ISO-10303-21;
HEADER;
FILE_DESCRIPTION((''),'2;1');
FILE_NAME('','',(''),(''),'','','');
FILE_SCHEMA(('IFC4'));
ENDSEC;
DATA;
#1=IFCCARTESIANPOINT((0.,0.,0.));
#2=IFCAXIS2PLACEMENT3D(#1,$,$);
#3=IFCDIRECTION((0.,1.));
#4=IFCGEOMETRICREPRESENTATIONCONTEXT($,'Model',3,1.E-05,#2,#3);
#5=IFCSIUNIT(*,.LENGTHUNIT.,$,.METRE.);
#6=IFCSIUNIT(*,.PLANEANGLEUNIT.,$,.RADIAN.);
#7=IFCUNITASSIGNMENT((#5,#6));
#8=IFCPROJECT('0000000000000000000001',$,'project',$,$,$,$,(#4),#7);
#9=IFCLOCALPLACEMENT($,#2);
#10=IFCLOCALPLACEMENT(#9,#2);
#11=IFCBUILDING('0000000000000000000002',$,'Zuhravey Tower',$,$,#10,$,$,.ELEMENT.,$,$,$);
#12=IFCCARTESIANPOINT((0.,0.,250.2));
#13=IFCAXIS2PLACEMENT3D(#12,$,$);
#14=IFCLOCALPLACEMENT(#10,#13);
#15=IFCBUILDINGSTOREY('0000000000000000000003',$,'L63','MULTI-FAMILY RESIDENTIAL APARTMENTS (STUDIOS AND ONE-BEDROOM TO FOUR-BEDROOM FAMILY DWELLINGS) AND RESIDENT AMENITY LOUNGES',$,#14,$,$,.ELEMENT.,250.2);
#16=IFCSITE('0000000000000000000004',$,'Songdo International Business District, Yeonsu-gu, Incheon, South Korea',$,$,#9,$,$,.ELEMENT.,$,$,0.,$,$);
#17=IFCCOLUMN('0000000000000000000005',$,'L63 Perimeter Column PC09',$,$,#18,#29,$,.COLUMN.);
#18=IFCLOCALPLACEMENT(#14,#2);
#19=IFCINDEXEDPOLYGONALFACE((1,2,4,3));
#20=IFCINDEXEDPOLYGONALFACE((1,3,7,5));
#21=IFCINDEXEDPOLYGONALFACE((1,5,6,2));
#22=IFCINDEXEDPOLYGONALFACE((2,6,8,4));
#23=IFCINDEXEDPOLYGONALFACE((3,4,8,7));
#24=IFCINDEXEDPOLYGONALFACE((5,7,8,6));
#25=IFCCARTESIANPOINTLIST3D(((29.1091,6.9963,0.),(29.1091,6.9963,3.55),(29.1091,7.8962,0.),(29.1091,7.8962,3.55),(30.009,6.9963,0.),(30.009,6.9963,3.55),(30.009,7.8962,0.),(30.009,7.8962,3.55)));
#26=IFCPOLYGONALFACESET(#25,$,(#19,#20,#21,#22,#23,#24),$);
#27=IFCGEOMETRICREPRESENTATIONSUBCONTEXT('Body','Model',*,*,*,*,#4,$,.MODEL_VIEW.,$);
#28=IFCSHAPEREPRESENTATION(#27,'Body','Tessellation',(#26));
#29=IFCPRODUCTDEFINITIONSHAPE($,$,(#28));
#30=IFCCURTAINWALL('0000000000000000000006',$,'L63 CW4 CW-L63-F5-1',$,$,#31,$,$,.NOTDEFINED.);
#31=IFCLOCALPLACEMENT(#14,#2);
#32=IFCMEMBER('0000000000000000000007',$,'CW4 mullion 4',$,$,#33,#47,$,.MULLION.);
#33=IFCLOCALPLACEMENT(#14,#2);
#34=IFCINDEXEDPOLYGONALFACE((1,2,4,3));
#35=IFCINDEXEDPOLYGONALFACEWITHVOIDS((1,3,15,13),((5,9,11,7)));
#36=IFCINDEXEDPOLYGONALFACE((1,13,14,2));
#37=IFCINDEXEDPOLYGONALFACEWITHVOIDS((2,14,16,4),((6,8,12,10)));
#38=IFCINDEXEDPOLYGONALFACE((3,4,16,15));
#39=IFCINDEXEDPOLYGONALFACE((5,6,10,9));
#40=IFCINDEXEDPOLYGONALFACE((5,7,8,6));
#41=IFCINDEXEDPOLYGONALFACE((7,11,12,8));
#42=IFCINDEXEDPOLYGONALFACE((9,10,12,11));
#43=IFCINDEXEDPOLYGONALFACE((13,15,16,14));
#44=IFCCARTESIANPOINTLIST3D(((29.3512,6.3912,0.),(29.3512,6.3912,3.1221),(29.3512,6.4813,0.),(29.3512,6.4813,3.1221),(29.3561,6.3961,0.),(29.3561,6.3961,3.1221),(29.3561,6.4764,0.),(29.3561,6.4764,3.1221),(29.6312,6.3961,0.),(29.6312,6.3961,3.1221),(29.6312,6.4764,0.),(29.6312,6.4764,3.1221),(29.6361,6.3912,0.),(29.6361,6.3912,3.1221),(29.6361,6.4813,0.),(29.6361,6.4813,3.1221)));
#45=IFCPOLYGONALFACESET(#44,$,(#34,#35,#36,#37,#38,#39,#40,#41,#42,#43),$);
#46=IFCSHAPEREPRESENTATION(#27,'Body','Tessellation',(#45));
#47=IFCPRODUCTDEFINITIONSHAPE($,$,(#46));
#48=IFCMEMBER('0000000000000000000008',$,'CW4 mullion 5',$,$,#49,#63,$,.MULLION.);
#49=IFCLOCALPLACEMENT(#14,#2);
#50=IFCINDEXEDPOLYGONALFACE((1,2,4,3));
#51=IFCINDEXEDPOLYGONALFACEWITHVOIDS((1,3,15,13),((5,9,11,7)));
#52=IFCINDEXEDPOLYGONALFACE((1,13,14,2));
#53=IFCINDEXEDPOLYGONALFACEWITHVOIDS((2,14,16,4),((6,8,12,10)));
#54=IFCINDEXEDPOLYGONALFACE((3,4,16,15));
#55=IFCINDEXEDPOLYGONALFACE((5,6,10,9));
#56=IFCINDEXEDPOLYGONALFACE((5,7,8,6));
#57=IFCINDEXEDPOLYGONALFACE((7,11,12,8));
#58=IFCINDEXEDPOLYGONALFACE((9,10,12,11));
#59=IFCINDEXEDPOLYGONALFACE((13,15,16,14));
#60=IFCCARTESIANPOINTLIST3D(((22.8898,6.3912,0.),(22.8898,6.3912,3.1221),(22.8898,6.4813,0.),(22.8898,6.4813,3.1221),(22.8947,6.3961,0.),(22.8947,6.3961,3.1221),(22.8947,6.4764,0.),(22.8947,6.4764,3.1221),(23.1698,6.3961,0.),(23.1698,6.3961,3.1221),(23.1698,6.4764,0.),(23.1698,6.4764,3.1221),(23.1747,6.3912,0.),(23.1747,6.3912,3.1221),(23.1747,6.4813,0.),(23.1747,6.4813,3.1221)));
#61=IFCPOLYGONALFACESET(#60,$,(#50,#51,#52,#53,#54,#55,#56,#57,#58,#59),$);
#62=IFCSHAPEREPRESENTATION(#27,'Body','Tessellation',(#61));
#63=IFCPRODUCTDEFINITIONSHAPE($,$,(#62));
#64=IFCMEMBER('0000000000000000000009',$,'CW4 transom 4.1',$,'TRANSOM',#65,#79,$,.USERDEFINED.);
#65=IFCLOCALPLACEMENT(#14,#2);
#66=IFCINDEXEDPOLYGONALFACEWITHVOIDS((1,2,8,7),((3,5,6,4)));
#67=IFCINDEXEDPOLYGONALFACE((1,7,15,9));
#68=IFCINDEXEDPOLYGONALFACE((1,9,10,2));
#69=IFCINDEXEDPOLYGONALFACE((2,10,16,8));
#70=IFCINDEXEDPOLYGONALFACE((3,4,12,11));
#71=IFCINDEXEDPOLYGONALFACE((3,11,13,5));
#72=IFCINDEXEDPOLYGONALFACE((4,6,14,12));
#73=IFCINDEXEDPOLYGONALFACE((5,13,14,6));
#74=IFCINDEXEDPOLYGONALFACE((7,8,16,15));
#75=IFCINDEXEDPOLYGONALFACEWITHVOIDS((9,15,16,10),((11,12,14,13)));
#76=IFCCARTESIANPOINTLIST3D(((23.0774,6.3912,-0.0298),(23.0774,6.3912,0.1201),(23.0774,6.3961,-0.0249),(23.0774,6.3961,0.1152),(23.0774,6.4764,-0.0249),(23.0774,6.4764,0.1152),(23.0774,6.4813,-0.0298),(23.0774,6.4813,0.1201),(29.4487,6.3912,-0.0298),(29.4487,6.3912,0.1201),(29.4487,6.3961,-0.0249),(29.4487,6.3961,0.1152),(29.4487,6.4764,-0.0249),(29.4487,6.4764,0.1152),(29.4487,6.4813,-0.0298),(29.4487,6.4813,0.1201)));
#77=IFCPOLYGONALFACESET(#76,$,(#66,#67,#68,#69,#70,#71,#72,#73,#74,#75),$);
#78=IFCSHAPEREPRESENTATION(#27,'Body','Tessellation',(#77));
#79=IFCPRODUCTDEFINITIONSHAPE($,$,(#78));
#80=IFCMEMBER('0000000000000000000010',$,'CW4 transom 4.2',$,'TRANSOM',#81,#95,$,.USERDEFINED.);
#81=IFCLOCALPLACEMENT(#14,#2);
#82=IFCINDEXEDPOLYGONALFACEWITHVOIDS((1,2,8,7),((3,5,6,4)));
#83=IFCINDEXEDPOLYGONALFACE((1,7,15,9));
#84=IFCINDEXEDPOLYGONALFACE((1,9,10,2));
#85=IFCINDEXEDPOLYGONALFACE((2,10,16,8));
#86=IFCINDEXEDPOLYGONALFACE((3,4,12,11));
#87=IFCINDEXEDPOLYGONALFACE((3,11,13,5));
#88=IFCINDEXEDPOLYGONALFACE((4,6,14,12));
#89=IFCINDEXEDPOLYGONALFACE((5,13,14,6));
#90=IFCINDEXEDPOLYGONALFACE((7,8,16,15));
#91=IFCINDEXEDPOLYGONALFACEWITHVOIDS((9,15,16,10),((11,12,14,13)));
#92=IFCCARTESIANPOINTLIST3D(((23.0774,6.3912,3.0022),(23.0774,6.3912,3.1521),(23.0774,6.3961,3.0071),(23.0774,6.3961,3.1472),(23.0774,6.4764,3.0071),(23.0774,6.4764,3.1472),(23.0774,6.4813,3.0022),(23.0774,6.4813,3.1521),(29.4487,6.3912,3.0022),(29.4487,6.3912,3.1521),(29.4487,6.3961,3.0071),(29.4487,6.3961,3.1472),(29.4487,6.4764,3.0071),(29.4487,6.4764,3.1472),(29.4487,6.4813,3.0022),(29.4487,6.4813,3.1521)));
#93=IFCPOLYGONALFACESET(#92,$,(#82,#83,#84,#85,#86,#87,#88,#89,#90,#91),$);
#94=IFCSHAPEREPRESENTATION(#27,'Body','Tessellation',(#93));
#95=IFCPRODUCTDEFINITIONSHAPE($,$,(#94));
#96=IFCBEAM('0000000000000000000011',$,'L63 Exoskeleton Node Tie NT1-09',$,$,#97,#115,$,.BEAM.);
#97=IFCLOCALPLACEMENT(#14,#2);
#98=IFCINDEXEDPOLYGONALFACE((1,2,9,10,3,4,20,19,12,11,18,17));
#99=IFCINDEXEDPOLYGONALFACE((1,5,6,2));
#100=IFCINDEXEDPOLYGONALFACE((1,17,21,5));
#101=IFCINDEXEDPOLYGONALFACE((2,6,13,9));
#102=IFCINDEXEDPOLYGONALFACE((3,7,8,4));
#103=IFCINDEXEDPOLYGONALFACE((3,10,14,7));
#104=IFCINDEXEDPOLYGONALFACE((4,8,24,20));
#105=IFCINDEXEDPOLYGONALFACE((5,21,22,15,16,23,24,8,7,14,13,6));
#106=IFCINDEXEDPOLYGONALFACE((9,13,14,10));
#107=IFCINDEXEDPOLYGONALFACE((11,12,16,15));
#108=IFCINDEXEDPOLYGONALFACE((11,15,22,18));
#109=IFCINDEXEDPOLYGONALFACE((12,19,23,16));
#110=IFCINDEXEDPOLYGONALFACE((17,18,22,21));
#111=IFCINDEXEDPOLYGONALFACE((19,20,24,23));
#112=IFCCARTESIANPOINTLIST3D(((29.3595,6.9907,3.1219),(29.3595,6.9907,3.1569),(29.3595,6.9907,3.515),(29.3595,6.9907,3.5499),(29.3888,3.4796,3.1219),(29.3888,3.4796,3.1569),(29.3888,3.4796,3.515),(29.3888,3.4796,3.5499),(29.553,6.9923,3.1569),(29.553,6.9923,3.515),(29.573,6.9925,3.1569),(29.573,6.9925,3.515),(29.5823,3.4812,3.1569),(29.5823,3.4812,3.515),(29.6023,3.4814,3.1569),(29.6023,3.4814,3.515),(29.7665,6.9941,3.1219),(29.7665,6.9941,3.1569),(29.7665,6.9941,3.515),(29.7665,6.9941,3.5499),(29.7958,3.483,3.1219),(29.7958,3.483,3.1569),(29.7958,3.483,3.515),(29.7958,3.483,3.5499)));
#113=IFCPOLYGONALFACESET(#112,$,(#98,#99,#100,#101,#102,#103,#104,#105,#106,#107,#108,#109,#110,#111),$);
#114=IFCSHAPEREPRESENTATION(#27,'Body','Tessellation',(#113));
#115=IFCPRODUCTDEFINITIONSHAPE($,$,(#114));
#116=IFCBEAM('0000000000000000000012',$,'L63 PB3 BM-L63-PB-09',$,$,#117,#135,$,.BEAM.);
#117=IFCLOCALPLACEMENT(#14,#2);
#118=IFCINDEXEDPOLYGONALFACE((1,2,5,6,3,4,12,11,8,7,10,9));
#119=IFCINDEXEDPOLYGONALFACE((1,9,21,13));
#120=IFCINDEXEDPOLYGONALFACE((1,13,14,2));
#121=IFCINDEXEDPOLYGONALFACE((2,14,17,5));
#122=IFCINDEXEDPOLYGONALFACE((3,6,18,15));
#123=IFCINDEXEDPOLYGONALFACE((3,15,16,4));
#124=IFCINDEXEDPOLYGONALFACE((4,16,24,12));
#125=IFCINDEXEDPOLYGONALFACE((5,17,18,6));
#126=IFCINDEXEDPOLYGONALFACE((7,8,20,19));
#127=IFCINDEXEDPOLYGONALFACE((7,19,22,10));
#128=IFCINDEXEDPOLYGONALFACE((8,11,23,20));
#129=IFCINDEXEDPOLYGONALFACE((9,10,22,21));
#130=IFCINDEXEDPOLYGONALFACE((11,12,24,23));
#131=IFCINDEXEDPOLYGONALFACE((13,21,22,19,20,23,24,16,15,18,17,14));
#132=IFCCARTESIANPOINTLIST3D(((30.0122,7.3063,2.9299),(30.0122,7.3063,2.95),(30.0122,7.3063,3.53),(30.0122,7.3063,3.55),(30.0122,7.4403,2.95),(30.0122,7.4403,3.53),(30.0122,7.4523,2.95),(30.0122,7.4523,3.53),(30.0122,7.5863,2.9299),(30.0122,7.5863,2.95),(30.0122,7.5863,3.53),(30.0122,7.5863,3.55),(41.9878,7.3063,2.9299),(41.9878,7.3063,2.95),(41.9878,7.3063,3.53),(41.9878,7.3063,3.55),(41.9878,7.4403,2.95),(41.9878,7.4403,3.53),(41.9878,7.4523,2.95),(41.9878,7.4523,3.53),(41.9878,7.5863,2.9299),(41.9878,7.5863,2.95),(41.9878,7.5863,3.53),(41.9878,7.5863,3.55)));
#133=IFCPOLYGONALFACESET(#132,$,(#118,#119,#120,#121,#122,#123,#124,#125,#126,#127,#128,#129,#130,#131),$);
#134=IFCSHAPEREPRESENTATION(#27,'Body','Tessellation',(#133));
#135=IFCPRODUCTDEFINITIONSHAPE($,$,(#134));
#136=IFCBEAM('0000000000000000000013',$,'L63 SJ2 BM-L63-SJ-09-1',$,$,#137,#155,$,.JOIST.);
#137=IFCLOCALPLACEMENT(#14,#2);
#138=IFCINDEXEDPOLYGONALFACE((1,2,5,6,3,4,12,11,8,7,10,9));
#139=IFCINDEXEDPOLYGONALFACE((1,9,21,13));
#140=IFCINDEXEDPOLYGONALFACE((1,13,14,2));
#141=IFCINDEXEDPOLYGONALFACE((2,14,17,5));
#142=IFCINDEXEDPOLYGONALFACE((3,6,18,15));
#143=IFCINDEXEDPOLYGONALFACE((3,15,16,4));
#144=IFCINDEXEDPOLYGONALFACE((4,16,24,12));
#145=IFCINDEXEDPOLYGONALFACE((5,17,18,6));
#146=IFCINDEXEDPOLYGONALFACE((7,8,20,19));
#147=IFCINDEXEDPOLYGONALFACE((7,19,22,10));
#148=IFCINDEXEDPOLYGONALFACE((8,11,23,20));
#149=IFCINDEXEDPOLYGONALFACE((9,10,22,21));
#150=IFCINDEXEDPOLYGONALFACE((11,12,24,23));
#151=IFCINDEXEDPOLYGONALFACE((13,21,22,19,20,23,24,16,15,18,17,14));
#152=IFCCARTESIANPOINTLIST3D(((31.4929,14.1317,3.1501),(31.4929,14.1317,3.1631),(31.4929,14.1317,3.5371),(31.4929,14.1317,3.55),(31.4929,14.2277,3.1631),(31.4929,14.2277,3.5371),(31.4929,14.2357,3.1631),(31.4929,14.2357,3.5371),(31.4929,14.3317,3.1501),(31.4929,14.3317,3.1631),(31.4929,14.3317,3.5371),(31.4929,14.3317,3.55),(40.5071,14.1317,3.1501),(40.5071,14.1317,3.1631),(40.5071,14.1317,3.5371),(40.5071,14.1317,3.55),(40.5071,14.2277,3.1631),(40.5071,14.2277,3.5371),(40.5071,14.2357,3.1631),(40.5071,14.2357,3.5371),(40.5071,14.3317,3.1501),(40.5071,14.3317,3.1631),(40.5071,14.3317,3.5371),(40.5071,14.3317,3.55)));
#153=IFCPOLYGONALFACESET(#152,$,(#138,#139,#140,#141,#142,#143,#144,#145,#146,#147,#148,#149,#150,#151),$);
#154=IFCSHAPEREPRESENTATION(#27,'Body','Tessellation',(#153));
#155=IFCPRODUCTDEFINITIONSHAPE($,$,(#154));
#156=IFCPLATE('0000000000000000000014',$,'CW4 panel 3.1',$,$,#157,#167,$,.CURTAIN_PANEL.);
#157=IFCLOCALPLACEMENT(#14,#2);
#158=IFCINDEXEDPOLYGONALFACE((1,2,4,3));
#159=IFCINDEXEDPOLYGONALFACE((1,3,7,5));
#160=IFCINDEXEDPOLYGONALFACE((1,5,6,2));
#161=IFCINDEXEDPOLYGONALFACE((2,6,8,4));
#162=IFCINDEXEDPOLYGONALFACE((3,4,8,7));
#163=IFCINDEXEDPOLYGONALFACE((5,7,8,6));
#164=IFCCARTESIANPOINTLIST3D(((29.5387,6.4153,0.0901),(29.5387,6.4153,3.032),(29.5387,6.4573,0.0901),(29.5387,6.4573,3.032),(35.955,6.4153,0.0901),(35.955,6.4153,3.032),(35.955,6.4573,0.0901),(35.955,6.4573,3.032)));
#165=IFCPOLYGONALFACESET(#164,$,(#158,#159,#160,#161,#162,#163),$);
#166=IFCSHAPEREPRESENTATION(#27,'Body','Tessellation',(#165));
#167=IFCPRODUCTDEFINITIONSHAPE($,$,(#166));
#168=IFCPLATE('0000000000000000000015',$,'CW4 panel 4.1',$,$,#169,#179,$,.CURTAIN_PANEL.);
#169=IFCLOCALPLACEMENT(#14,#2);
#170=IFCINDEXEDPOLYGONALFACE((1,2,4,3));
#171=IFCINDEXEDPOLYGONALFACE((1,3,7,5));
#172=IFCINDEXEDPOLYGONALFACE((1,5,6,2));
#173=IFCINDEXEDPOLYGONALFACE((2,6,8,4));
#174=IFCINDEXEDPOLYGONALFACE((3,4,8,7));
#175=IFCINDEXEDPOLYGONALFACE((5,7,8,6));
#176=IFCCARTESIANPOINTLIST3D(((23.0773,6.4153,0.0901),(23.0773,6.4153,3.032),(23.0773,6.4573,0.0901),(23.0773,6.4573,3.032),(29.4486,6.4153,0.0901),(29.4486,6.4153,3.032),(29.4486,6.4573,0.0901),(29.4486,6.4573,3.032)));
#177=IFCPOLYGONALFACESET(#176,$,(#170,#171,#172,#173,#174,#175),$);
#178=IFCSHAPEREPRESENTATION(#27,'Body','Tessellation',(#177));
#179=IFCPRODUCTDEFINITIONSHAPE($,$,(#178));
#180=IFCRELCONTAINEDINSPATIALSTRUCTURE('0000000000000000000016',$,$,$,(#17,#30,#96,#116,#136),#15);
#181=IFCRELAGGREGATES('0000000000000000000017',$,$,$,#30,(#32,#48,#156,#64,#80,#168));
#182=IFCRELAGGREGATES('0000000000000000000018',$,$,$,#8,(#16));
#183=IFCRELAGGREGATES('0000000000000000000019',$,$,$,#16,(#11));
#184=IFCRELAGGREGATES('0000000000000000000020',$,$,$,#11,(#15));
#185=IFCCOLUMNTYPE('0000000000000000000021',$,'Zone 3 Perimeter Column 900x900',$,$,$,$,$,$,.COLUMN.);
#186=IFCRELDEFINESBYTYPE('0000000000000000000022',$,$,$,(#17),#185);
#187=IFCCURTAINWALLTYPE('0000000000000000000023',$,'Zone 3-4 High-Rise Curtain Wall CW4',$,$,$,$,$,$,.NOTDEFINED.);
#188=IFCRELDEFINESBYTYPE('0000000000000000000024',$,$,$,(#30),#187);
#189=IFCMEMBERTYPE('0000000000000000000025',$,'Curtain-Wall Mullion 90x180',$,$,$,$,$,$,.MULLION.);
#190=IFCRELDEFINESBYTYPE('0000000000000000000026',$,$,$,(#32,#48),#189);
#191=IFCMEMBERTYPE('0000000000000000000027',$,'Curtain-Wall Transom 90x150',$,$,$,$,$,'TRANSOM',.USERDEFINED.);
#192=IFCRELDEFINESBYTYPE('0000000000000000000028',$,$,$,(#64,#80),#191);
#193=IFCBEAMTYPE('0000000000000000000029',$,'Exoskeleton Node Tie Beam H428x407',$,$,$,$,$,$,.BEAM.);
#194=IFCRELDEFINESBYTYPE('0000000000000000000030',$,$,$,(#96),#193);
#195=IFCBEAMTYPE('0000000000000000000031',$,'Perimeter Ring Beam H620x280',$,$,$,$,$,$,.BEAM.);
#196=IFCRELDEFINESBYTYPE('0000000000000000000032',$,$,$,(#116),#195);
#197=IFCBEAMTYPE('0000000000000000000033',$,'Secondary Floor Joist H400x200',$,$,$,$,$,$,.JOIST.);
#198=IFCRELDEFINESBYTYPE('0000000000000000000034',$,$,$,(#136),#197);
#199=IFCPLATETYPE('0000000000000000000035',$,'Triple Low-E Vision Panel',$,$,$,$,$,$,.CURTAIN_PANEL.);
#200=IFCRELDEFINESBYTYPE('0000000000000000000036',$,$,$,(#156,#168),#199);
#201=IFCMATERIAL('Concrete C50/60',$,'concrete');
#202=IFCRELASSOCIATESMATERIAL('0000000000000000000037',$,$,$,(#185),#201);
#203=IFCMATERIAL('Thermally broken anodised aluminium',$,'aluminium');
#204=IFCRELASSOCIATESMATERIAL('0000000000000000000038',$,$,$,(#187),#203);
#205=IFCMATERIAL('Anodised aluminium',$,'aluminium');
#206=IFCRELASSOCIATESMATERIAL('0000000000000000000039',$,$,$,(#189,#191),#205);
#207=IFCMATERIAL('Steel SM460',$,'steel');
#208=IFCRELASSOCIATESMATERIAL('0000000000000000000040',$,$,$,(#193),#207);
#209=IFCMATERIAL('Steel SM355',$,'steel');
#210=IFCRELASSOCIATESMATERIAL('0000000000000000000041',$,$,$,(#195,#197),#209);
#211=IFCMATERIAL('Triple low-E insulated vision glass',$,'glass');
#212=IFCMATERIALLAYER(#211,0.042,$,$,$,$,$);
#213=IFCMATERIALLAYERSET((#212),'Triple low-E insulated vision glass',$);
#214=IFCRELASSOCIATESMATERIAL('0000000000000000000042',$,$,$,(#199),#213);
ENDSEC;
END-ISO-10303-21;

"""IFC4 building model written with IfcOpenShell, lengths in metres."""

from ifc_helpers import new_model, si_unit, direction, frame, origin, origin_2d, place, context, subcontext, project, spatial, rectangle, hollow_rectangle, i_section, extrude, material, layer, layer_set, material_profile, profile_set, type_object, element, aggregate, save


model = new_model("IFC4")

# Units and contexts
model_context = context("Model", 3, precision=1e-05, world=origin(), true_north=direction((0.0, 1.0)))
body_context = subcontext(model_context, "Body", "Model", "MODEL_VIEW")
ifc_project = project(units=[si_unit("LENGTHUNIT", "METRE"), si_unit("PLANEANGLEUNIT", "RADIAN")], contexts=[model_context])

# Site, building, storey
site_placement = place(None, origin())
site = spatial("IfcSite", under=ifc_project, at=site_placement, Name="Songdo International Business District, Yeonsu-gu, Incheon, South Korea", CompositionType="ELEMENT", RefElevation=0.0)
building_placement = place(site_placement, origin())
building = spatial("IfcBuilding", under=site, at=building_placement, Name="Zuhravey Tower", CompositionType="ELEMENT")
storey_placement = place(building_placement, frame((0.0, 0.0, 250.2)))
storey = spatial("IfcBuildingStorey", under=building, at=storey_placement, Name="L63", Description="MULTI-FAMILY RESIDENTIAL APARTMENTS (STUDIOS AND ONE-BEDROOM TO FOUR-BEDROOM FAMILY DWELLINGS) AND RESIDENT AMENITY LOUNGES", CompositionType="ELEMENT", Elevation=250.2)

# Column
ifc_material_1 = material(Name="Concrete C50/60", Category="concrete")
ifc_material_profile_1 = material_profile(ifc_material_1, rectangle(XDim=0.8999, YDim=0.8999, at=origin_2d()), Name="RC-900x900")
ifc_profile_set_1 = profile_set([ifc_material_profile_1], Name="Concrete C50/60")
column_type = type_object("IfcColumnType", Name="Zone 3 Perimeter Column 900x900", PredefinedType="COLUMN", material=ifc_profile_set_1)
column_placement = place(storey_placement, frame((29.5591, 7.4463, 0.0), z_axis=(0.0, 0.0, 1.0), x_axis=(1.0, 0.0, 0.0)))
element("IfcColumn", 1, at=column_placement, inside=storey, type_object=column_type, Name="L63 Perimeter Column PC09", PredefinedType="COLUMN", context=body_context, shape_type="SweptSolid", body=[
    extrude(rectangle(XDim=0.8999, YDim=0.8999, at=origin_2d()), origin(), (0.0, 0.0, 1.0), 3.55),
])

# Curtain wall, members
ifc_material_2 = material(Name="Thermally broken anodised aluminium", Category="aluminium")
curtain_wall_type = type_object("IfcCurtainWallType", Name="Zone 3-4 High-Rise Curtain Wall CW4", PredefinedType="NOTDEFINED", material=ifc_material_2)
curtain_wall_placement = place(storey_placement, origin())
curtain_wall = element("IfcCurtainWall", 2, at=curtain_wall_placement, inside=storey, type_object=curtain_wall_type, Name="L63 CW4 CW-L63-F5-1", PredefinedType="NOTDEFINED")
ifc_material_3 = material(Name="Anodised aluminium", Category="aluminium")
ifc_material_profile_2 = material_profile(ifc_material_3, hollow_rectangle(XDim=0.0901, YDim=0.2849, WallThickness=0.0049, at=origin_2d()), Name="ALU-RHS-90x285x5")
ifc_profile_set_2 = profile_set([ifc_material_profile_2], Name="Anodised aluminium")
member_type_1 = type_object("IfcMemberType", Name="Curtain-Wall Mullion 90x180", PredefinedType="MULLION", material=ifc_profile_set_2)
member_1_placement = place(storey_placement, frame((29.4937, 6.4363, 0.0), z_axis=(0.0, 0.0, 1.0), x_axis=(0.0, -1.0, 0.0)))
member_1 = element("IfcMember", 3, at=member_1_placement, type_object=member_type_1, Name="CW4 mullion 4", PredefinedType="MULLION", context=body_context, shape_type="SweptSolid", body=[
    extrude(hollow_rectangle(XDim=0.0901, YDim=0.2849, WallThickness=0.0049, at=origin_2d()), origin(), (0.0, 0.0, 1.0), 3.1221),
])
member_2_placement = place(storey_placement, frame((23.0322, 6.4363, 0.0), z_axis=(0.0, 0.0, 1.0), x_axis=(0.0, -1.0, 0.0)))
member_2 = element("IfcMember", 4, at=member_2_placement, type_object=member_type_1, Name="CW4 mullion 5", PredefinedType="MULLION", context=body_context, shape_type="SweptSolid", body=[
    extrude(hollow_rectangle(XDim=0.0901, YDim=0.2849, WallThickness=0.0049, at=origin_2d()), origin(), (0.0, 0.0, 1.0), 3.1221),
])
ifc_material_profile_3 = material_profile(ifc_material_3, hollow_rectangle(XDim=0.0901, YDim=0.1499, WallThickness=0.0049, at=origin_2d()), Name="ALU-RHS-90x150x5")
ifc_profile_set_3 = profile_set([ifc_material_profile_3], Name="Anodised aluminium")
member_type_2 = type_object("IfcMemberType", Name="Curtain-Wall Transom 90x150", ElementType="TRANSOM", PredefinedType="USERDEFINED", material=ifc_profile_set_3)
member_3_placement = place(storey_placement, frame((29.4487, 6.4363, 0.0452), z_axis=(-1.0, 0.0, 0.0), x_axis=(0.0, -1.0, 0.0)))
member_3 = element("IfcMember", 5, at=member_3_placement, type_object=member_type_2, Name="CW4 transom 4.1", ObjectType="TRANSOM", PredefinedType="USERDEFINED", context=body_context, shape_type="SweptSolid", body=[
    extrude(hollow_rectangle(XDim=0.0901, YDim=0.1499, WallThickness=0.0049, at=origin_2d()), origin(), (0.0, 0.0, 1.0), 6.3713),
])
member_4_placement = place(storey_placement, frame((29.4487, 6.4363, 3.0771), z_axis=(-1.0, 0.0, 0.0), x_axis=(0.0, -1.0, 0.0)))
member_4 = element("IfcMember", 6, at=member_4_placement, type_object=member_type_2, Name="CW4 transom 4.2", ObjectType="TRANSOM", PredefinedType="USERDEFINED", context=body_context, shape_type="SweptSolid", body=[
    extrude(hollow_rectangle(XDim=0.0901, YDim=0.1499, WallThickness=0.0049, at=origin_2d()), origin(), (0.0, 0.0, 1.0), 6.3713),
])

# Beams
ifc_material_4 = material(Name="Steel SM460", Category="steel")
ifc_material_profile_4 = material_profile(ifc_material_4, i_section(OverallWidth=0.407, OverallDepth=0.428, WebThickness=0.02, FlangeThickness=0.0349, at=origin_2d()), Name="H-428x407x20x35")
ifc_profile_set_4 = profile_set([ifc_material_profile_4], Name="Steel SM460")
beam_type_1 = type_object("IfcBeamType", Name="Exoskeleton Node Tie Beam H428x407", PredefinedType="BEAM", material=ifc_profile_set_4)
beam_1_placement = place(storey_placement, frame((29.563, 6.9924, 3.3359), z_axis=(0.008344, -0.999965, 0.0), x_axis=(0.999965, 0.008344, 0.0)))
element("IfcBeam", 7, at=beam_1_placement, inside=storey, type_object=beam_type_1, Name="L63 Exoskeleton Node Tie NT1-09", PredefinedType="BEAM", context=body_context, shape_type="SweptSolid", body=[
    extrude(i_section(OverallWidth=0.407, OverallDepth=0.428, WebThickness=0.02, FlangeThickness=0.0349, at=origin_2d()), origin(), (0.0, 0.0, 1.0), 3.5112),
])
ifc_material_5 = material(Name="Steel SM355", Category="steel")
ifc_material_profile_5 = material_profile(ifc_material_5, i_section(OverallWidth=0.28, OverallDepth=0.6201, WebThickness=0.012, FlangeThickness=0.02, at=origin_2d()), Name="H-620x280x12x20")
ifc_profile_set_5 = profile_set([ifc_material_profile_5], Name="Steel SM355")
beam_type_2 = type_object("IfcBeamType", Name="Perimeter Ring Beam H620x280", PredefinedType="BEAM", material=ifc_profile_set_5)
beam_2_placement = place(storey_placement, frame((30.0122, 7.4463, 3.24), z_axis=(1.0, 0.0, 0.0), x_axis=(0.0, 1.0, 0.0)))
element("IfcBeam", 8, at=beam_2_placement, inside=storey, type_object=beam_type_2, Name="L63 PB3 BM-L63-PB-09", PredefinedType="BEAM", context=body_context, shape_type="SweptSolid", body=[
    extrude(i_section(OverallWidth=0.28, OverallDepth=0.6201, WebThickness=0.012, FlangeThickness=0.02, at=origin_2d()), origin(), (0.0, 0.0, 1.0), 11.9756),
])
ifc_material_profile_6 = material_profile(ifc_material_5, i_section(OverallWidth=0.2, OverallDepth=0.3999, WebThickness=0.0081, FlangeThickness=0.0129, at=origin_2d()), Name="H-400x200x8x13")
ifc_profile_set_6 = profile_set([ifc_material_profile_6], Name="Steel SM355")
beam_type_3 = type_object("IfcBeamType", Name="Secondary Floor Joist H400x200", PredefinedType="JOIST", material=ifc_profile_set_6)
beam_3_placement = place(storey_placement, frame((31.4929, 14.2317, 3.3501), z_axis=(1.0, 0.0, 0.0), x_axis=(0.0, 1.0, 0.0)))
element("IfcBeam", 9, at=beam_3_placement, inside=storey, type_object=beam_type_3, Name="L63 SJ2 BM-L63-SJ-09-1", PredefinedType="JOIST", context=body_context, shape_type="SweptSolid", body=[
    extrude(i_section(OverallWidth=0.2, OverallDepth=0.3999, WebThickness=0.0081, FlangeThickness=0.0129, at=origin_2d()), origin(), (0.0, 0.0, 1.0), 9.0142),
])

# Plates
ifc_material_6 = material(Name="Triple low-E insulated vision glass", Category="glass")
ifc_layer_1 = layer(ifc_material_6, 0.042)
ifc_layer_set_1 = layer_set([ifc_layer_1], Name="Triple low-E insulated vision glass")
plate_type = type_object("IfcPlateType", Name="Triple Low-E Vision Panel", PredefinedType="CURTAIN_PANEL", material=ifc_layer_set_1)
plate_1_placement = place(storey_placement, frame((32.7468, 6.4363, 0.0901), z_axis=(0.0, 0.0, 1.0), x_axis=(-1.0, 0.0, 0.0)))
plate_1 = element("IfcPlate", 10, at=plate_1_placement, type_object=plate_type, Name="CW4 panel 3.1", PredefinedType="CURTAIN_PANEL", context=body_context, shape_type="SweptSolid", body=[
    extrude(rectangle(XDim=6.4163, YDim=0.042, at=origin_2d()), origin(), (0.0, 0.0, 1.0), 2.9419),
])
plate_2_placement = place(storey_placement, frame((26.2629, 6.4363, 0.0901), z_axis=(0.0, 0.0, 1.0), x_axis=(-1.0, 0.0, 0.0)))
plate_2 = element("IfcPlate", 11, at=plate_2_placement, type_object=plate_type, Name="CW4 panel 4.1", PredefinedType="CURTAIN_PANEL", context=body_context, shape_type="SweptSolid", body=[
    extrude(rectangle(XDim=6.3713, YDim=0.042, at=origin_2d()), origin(), (0.0, 0.0, 1.0), 2.9419),
])
aggregate(curtain_wall, [member_1, member_2, plate_1, member_3, member_4, plate_2])

save(model, "model.ifc")
